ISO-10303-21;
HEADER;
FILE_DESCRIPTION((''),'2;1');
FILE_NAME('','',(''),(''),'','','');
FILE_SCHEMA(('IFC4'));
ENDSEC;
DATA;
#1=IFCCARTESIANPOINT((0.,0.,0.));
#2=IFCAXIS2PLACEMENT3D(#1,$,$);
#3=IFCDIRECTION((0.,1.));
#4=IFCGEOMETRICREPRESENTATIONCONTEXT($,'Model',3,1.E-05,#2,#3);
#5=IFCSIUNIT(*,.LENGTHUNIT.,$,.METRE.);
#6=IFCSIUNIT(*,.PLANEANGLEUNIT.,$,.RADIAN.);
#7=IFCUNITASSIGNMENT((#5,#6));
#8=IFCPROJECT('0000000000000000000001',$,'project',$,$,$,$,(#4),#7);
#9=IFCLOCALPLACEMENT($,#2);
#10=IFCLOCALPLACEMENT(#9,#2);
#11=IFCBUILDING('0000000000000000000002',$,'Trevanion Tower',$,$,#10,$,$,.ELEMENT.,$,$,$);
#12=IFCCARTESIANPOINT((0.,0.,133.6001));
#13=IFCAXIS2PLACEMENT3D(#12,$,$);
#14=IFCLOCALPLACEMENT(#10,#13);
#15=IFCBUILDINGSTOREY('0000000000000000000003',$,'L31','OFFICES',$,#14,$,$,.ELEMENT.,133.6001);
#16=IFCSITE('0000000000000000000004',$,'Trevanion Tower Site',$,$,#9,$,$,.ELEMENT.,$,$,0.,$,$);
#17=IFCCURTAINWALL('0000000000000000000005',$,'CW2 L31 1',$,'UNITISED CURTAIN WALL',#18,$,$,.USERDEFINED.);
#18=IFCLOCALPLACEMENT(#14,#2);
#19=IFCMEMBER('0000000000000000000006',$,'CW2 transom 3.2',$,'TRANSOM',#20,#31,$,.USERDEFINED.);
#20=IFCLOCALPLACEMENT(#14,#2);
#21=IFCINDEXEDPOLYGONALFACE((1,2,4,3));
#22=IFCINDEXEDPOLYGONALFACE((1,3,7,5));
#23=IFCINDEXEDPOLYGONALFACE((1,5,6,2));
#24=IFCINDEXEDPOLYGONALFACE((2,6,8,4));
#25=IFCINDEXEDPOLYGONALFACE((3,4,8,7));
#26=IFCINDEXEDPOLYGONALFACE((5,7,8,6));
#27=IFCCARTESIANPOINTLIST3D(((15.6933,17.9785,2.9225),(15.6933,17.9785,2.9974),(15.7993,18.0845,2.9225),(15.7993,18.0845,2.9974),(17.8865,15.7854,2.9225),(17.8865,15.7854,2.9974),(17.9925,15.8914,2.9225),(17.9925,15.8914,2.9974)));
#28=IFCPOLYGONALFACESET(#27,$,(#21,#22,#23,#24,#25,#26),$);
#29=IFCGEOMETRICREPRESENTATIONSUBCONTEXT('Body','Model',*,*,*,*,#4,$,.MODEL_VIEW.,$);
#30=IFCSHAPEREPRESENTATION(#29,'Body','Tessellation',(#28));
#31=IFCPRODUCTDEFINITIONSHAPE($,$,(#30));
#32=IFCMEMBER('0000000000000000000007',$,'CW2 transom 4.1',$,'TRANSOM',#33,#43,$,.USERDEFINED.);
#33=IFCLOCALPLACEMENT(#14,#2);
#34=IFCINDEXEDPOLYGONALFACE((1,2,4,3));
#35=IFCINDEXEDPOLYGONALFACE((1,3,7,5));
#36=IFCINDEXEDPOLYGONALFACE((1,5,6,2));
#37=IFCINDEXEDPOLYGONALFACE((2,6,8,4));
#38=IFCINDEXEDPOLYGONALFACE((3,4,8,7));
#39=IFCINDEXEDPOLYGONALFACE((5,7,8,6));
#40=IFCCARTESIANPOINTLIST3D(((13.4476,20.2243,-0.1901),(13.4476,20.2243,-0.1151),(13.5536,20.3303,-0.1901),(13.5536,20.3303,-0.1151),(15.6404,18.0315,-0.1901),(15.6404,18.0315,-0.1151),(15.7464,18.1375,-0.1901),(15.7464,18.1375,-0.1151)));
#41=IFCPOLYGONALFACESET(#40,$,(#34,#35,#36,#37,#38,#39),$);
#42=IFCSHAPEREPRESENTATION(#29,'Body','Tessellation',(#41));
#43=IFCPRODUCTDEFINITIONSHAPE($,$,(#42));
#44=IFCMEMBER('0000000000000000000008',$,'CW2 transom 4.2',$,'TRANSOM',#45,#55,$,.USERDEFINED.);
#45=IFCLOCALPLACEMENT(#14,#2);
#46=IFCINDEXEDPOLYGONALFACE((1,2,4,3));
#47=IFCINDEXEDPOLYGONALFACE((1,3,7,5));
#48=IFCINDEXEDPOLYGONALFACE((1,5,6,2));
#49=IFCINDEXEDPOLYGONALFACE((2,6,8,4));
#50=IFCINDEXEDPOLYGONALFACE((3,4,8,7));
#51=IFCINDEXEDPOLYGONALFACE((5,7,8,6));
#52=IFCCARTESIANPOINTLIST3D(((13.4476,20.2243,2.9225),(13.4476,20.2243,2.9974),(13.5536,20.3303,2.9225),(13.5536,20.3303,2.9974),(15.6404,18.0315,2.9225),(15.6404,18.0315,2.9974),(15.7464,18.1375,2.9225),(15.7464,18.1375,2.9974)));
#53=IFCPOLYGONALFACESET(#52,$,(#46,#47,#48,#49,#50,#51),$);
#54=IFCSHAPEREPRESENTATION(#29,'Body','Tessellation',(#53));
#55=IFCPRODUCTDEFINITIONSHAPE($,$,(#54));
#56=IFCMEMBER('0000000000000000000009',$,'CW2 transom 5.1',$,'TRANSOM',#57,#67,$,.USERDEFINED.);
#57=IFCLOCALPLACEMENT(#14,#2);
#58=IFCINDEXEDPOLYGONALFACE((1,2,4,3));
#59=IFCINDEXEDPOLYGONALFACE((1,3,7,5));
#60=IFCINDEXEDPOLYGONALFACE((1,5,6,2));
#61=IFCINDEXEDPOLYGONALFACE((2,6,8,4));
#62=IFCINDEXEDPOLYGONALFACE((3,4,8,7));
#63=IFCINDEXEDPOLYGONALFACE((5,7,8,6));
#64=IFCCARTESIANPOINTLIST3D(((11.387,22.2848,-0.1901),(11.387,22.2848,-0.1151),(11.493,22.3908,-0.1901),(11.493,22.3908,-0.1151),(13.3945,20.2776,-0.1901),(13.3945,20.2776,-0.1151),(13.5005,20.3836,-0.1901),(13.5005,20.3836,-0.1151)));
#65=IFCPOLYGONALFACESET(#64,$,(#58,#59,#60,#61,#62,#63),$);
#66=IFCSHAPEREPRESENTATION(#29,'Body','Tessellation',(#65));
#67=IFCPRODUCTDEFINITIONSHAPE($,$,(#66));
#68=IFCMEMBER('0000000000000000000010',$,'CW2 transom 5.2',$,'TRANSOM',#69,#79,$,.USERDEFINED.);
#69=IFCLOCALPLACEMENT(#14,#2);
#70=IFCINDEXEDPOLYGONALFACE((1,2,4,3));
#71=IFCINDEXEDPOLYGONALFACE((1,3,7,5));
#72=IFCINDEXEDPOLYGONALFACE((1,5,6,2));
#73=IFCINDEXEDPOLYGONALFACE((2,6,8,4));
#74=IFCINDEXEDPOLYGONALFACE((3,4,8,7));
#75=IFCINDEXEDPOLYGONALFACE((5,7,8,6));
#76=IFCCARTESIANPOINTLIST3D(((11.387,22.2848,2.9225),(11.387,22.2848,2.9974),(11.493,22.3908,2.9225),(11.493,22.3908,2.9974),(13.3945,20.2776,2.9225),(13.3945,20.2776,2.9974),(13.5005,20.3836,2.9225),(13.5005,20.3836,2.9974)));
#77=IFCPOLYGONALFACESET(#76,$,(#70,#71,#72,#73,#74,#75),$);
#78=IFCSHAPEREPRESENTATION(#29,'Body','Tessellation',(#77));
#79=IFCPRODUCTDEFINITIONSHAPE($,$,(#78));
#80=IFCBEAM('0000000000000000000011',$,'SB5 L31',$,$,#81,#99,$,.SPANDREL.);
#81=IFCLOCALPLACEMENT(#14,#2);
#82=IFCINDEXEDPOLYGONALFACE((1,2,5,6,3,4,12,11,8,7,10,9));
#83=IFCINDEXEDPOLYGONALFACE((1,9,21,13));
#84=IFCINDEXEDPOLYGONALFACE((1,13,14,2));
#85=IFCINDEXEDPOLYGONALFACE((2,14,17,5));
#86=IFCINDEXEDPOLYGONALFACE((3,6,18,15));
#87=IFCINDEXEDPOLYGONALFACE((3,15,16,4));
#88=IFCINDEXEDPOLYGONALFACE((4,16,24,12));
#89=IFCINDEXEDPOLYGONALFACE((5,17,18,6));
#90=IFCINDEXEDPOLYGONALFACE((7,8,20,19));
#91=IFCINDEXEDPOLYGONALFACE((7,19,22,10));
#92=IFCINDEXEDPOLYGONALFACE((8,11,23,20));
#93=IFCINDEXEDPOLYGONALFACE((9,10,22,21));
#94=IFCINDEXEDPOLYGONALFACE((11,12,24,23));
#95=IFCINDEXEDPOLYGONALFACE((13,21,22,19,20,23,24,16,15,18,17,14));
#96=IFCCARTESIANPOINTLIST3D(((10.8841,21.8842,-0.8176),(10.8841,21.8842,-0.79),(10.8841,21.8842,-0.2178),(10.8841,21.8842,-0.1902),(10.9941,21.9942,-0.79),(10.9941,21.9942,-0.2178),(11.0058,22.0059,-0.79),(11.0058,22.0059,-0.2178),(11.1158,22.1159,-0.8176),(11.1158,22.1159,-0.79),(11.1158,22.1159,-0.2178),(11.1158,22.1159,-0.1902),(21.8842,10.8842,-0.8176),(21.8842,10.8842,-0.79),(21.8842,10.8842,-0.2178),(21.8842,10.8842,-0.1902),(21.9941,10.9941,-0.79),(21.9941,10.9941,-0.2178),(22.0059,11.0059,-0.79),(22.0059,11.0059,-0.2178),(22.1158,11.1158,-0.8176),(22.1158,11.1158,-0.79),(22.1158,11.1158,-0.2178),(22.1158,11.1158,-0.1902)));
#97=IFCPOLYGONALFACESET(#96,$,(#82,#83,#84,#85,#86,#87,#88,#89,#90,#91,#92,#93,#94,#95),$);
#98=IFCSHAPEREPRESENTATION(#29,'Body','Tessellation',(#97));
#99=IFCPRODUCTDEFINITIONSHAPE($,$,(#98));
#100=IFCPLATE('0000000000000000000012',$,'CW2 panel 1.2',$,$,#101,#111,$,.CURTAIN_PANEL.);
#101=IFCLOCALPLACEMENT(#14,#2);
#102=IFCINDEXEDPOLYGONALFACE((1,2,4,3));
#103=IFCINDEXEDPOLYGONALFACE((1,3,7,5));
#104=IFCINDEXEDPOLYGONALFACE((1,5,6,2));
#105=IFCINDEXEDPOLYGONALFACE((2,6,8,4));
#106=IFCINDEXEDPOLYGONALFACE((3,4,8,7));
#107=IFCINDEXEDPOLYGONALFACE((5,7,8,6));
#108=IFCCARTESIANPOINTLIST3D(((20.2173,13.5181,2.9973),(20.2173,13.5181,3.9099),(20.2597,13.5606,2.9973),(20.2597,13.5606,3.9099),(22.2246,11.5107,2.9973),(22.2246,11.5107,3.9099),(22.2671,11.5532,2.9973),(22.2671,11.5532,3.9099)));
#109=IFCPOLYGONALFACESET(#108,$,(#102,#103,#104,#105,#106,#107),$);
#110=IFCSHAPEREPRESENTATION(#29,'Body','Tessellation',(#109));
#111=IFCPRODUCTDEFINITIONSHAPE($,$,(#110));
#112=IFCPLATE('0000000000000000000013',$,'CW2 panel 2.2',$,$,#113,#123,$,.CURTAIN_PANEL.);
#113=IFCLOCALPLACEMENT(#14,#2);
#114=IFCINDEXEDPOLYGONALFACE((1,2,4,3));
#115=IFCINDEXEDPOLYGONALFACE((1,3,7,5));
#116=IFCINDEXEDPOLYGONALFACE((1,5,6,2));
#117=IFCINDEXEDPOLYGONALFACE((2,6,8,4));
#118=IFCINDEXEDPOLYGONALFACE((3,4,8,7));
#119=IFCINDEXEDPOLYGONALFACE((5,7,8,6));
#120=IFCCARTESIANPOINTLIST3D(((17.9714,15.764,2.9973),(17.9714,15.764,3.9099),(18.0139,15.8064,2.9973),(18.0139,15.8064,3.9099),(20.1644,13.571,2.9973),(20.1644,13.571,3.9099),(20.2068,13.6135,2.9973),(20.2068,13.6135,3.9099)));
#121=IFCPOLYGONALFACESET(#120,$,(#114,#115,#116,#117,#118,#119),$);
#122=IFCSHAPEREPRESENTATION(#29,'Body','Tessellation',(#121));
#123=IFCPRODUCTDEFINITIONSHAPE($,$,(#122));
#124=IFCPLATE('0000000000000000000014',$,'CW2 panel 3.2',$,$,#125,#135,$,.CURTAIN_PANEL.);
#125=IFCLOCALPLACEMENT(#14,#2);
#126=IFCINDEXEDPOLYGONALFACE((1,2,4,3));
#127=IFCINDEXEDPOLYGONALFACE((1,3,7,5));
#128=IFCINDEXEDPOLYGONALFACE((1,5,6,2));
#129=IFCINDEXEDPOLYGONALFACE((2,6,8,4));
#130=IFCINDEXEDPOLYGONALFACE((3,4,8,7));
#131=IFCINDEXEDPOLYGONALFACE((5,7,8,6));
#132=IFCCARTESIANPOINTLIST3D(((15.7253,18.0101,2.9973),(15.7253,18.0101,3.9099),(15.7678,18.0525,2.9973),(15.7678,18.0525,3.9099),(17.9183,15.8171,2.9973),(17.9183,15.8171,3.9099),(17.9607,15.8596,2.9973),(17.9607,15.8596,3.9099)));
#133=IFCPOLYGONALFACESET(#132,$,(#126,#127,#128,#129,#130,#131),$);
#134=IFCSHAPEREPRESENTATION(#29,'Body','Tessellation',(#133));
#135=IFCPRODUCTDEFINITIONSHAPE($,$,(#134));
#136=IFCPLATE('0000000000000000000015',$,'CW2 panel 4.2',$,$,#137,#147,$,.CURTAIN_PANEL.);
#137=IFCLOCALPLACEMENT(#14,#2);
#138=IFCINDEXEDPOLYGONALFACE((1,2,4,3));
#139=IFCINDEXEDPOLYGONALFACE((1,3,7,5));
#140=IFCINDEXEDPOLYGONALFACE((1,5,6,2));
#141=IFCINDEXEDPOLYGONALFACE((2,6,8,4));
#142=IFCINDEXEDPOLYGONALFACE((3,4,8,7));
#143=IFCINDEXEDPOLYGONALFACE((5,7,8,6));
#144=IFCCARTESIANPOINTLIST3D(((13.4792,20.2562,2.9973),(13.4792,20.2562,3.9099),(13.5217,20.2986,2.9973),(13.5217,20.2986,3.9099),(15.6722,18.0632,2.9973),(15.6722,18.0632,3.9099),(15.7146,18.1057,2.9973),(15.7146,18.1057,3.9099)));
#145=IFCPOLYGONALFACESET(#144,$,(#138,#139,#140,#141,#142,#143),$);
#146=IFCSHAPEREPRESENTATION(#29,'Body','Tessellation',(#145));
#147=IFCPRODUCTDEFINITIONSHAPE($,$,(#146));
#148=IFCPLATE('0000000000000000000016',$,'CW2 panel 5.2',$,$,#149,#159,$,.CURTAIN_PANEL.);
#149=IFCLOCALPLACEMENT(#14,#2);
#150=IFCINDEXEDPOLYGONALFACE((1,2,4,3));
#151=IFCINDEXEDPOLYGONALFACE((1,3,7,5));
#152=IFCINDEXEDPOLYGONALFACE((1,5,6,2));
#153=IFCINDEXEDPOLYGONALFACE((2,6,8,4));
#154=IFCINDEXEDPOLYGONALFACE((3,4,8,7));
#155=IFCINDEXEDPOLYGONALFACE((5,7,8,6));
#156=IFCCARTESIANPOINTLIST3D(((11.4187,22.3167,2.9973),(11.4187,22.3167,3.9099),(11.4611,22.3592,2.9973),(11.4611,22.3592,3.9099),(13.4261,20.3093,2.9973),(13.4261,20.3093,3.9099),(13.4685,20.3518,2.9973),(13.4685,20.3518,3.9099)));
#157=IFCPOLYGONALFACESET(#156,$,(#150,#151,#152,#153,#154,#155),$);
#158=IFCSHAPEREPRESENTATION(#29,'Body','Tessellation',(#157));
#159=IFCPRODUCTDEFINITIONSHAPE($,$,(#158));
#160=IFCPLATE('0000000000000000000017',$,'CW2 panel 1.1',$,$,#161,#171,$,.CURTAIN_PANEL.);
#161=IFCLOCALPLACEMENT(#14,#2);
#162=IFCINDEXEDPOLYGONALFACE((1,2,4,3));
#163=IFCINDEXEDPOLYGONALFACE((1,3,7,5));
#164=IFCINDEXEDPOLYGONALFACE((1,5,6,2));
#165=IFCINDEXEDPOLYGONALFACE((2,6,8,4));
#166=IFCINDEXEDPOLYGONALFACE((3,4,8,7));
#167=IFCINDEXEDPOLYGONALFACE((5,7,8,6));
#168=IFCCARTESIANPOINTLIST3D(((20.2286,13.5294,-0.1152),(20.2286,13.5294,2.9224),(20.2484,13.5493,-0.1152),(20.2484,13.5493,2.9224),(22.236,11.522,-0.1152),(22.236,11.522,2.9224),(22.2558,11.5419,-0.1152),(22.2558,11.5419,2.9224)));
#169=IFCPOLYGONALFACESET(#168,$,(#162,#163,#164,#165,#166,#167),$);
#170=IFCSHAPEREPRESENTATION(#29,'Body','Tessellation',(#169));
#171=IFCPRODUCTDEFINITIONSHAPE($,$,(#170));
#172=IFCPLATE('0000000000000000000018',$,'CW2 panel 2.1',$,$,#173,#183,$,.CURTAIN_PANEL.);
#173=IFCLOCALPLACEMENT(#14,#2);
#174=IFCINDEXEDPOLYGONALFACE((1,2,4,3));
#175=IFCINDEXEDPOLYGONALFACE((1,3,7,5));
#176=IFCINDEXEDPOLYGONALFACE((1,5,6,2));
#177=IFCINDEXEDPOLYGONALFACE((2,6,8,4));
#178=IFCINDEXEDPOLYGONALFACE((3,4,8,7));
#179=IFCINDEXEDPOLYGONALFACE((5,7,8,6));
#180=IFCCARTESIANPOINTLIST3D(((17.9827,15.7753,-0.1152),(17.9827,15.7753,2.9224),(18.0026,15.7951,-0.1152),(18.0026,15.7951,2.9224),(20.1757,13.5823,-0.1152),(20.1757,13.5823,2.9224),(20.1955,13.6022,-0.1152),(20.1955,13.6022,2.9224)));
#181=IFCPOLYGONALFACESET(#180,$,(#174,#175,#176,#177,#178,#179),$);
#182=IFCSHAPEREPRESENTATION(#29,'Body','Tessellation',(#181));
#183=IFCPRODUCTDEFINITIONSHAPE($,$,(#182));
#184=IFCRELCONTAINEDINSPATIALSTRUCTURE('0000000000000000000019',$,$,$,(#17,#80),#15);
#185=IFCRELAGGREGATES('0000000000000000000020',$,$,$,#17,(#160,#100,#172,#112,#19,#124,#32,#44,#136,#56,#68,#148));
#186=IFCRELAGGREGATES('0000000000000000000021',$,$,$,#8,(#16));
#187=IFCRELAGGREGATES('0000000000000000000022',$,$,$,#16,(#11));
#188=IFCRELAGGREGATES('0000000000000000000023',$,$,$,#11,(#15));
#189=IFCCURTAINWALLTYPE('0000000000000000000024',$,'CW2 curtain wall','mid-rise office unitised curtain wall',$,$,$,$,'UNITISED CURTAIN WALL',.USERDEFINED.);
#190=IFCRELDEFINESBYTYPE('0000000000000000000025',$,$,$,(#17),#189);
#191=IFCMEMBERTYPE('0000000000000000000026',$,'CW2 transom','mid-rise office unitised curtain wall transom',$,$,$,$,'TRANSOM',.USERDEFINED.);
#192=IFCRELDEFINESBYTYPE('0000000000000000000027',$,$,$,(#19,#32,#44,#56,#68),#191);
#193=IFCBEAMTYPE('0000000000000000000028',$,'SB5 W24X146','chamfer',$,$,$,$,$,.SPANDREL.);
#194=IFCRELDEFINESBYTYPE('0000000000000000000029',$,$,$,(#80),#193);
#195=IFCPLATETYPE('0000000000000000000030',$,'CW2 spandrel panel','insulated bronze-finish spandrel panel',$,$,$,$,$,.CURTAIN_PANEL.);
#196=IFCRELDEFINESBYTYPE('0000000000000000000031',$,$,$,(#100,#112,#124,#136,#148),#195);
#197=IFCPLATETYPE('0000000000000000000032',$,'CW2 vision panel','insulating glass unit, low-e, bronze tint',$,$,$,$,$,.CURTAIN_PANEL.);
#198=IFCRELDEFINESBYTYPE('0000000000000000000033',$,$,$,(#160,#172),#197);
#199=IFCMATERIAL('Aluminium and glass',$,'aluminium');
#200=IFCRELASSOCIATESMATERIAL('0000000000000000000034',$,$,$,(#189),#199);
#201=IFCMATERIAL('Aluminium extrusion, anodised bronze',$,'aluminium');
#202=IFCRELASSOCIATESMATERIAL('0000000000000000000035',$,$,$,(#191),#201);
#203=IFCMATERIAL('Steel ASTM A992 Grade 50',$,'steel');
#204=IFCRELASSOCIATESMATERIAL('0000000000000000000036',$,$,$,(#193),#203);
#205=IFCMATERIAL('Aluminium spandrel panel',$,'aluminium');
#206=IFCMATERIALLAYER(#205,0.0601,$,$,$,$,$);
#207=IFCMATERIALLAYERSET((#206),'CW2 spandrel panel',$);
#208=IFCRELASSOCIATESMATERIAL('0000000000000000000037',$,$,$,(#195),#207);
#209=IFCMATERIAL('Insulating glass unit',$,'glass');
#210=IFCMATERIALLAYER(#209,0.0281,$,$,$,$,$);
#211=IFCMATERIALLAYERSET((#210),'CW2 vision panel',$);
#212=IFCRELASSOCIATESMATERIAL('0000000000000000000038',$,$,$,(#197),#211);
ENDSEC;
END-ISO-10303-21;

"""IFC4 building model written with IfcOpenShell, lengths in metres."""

from ifc_helpers import new_model, si_unit, direction, frame, origin, origin_2d, place, context, subcontext, project, spatial, rectangle, i_section, extrude, material, layer, layer_set, material_profile, profile_set, type_object, element, aggregate, save


model = new_model("IFC4")

# Units and contexts
model_context = context("Model", 3, precision=1e-05, world=origin(), true_north=direction((0.0, 1.0)))
body_context = subcontext(model_context, "Body", "Model", "MODEL_VIEW")
ifc_project = project(units=[si_unit("LENGTHUNIT", "METRE"), si_unit("PLANEANGLEUNIT", "RADIAN")], contexts=[model_context])

# Site, building, storey
site_placement = place(None, origin())
site = spatial("IfcSite", under=ifc_project, at=site_placement, Name="Trevanion Tower Site", CompositionType="ELEMENT", RefElevation=0.0)
building_placement = place(site_placement, origin())
building = spatial("IfcBuilding", under=site, at=building_placement, Name="Trevanion Tower", CompositionType="ELEMENT")
storey_placement = place(building_placement, frame((0.0, 0.0, 133.6001)))
storey = spatial("IfcBuildingStorey", under=building, at=storey_placement, Name="L31", Description="OFFICES", CompositionType="ELEMENT", Elevation=133.6001)

# Curtain wall
ifc_material_1 = material(Name="Aluminium and glass", Category="aluminium")
curtain_wall_type = type_object("IfcCurtainWallType", Name="CW2 curtain wall", Description="mid-rise office unitised curtain wall", ElementType="UNITISED CURTAIN WALL", PredefinedType="USERDEFINED", material=ifc_material_1)
curtain_wall_1_placement = place(storey_placement, origin())
curtain_wall_1 = element("IfcCurtainWall", 1, at=curtain_wall_1_placement, inside=storey, type_object=curtain_wall_type, Name="CW2 L31 1", ObjectType="UNITISED CURTAIN WALL", PredefinedType="USERDEFINED")

# Members
ifc_material_2 = material(Name="Aluminium extrusion, anodised bronze", Category="aluminium")
ifc_material_profile_1 = material_profile(ifc_material_2, rectangle(XDim=0.1499, YDim=0.075, at=origin_2d()), Name="CW2 transom")
ifc_profile_set_1 = profile_set([ifc_material_profile_1], Name="Aluminium extrusion, anodised bronze")
member_type_1 = type_object("IfcMemberType", Name="CW2 transom", Description="mid-rise office unitised curtain wall transom", ElementType="TRANSOM", PredefinedType="USERDEFINED", material=ifc_profile_set_1)
member_1_placement = place(storey_placement, frame((17.9395, 15.8384, 2.96), z_axis=(-0.707107, 0.707107, 0.0), x_axis=(-0.707107, -0.707107, 0.0)))
member_1 = element("IfcMember", 2, at=member_1_placement, type_object=member_type_1, Name="CW2 transom 3.2", ObjectType="TRANSOM", PredefinedType="USERDEFINED", context=body_context, shape_type="SweptSolid", body=[
    extrude(rectangle(XDim=0.1499, YDim=0.075, at=origin_2d()), origin(), (0.0, 0.0, 1.0), 3.1016),
])
member_2_placement = place(storey_placement, frame((15.6934, 18.0845, -0.1526), z_axis=(-0.707107, 0.707107, 0.0), x_axis=(-0.707107, -0.707107, 0.0)))
member_2 = element("IfcMember", 3, at=member_2_placement, type_object=member_type_1, Name="CW2 transom 4.1", ObjectType="TRANSOM", PredefinedType="USERDEFINED", context=body_context, shape_type="SweptSolid", body=[
    extrude(rectangle(XDim=0.1499, YDim=0.075, at=origin_2d()), origin(), (0.0, 0.0, 1.0), 3.1011),
])
member_3_placement = place(storey_placement, frame((15.6934, 18.0845, 2.96), z_axis=(-0.707107, 0.707107, 0.0), x_axis=(-0.707107, -0.707107, 0.0)))
member_3 = element("IfcMember", 4, at=member_3_placement, type_object=member_type_1, Name="CW2 transom 4.2", ObjectType="TRANSOM", PredefinedType="USERDEFINED", context=body_context, shape_type="SweptSolid", body=[
    extrude(rectangle(XDim=0.1499, YDim=0.075, at=origin_2d()), origin(), (0.0, 0.0, 1.0), 3.1011),
])
member_4_placement = place(storey_placement, frame((13.4475, 20.3306, -0.1526), z_axis=(-0.70715, 0.707064, 0.0), x_axis=(-0.707064, -0.70715, 0.0)))
member_4 = element("IfcMember", 5, at=member_4_placement, type_object=member_type_1, Name="CW2 transom 5.1", ObjectType="TRANSOM", PredefinedType="USERDEFINED", context=body_context, shape_type="SweptSolid", body=[
    extrude(rectangle(XDim=0.1499, YDim=0.075, at=origin_2d()), origin(), (0.0, 0.0, 1.0), 2.8389),
])
member_5_placement = place(storey_placement, frame((13.4475, 20.3306, 2.96), z_axis=(-0.70715, 0.707064, 0.0), x_axis=(-0.707064, -0.70715, 0.0)))
member_5 = element("IfcMember", 6, at=member_5_placement, type_object=member_type_1, Name="CW2 transom 5.2", ObjectType="TRANSOM", PredefinedType="USERDEFINED", context=body_context, shape_type="SweptSolid", body=[
    extrude(rectangle(XDim=0.1499, YDim=0.075, at=origin_2d()), origin(), (0.0, 0.0, 1.0), 2.8389),
])

# Beam
ifc_material_3 = material(Name="Steel ASTM A992 Grade 50", Category="steel")
ifc_material_profile_2 = material_profile(ifc_material_3, i_section(OverallWidth=0.3276, OverallDepth=0.6274, WebThickness=0.0166, FlangeThickness=0.0276, at=origin_2d()), Name="W24X146")
ifc_profile_set_2 = profile_set([ifc_material_profile_2], Name="Steel ASTM A992 Grade 50")
beam_type_1 = type_object("IfcBeamType", Name="SB5 W24X146", Description="chamfer", PredefinedType="SPANDREL", material=ifc_profile_set_2)
beam_1_placement = place(storey_placement, frame((22.0, 11.0, -0.5039), z_axis=(-0.707107, 0.707107, 0.0), x_axis=(-0.707107, -0.707107, 0.0)))
element("IfcBeam", 7, at=beam_1_placement, inside=storey, type_object=beam_type_1, Name="SB5 L31", PredefinedType="SPANDREL", context=body_context, shape_type="SweptSolid", body=[
    extrude(i_section(OverallWidth=0.3276, OverallDepth=0.6274, WebThickness=0.0166, FlangeThickness=0.0276, at=origin_2d()), origin(), (0.0, 0.0, 1.0), 15.5564),
])

# Plates
ifc_material_4 = material(Name="Aluminium spandrel panel", Category="aluminium")
ifc_layer_1 = layer(ifc_material_4, 0.0601)
ifc_layer_set_1 = layer_set([ifc_layer_1], Name="CW2 spandrel panel")
plate_type_1 = type_object("IfcPlateType", Name="CW2 spandrel panel", Description="insulated bronze-finish spandrel panel", PredefinedType="CURTAIN_PANEL", material=ifc_layer_set_1)
plate_1_placement = place(storey_placement, frame((21.2422, 12.5356, 2.9973), z_axis=(0.0, 0.0, 1.0), x_axis=(-0.707107, 0.707107, 0.0)))
plate_1 = element("IfcPlate", 8, at=plate_1_placement, type_object=plate_type_1, Name="CW2 panel 1.2", PredefinedType="CURTAIN_PANEL", context=body_context, shape_type="SweptSolid", body=[
    extrude(rectangle(XDim=2.8389, YDim=0.0601, at=origin_2d()), origin(), (0.0, 0.0, 1.0), 0.9126),
])
plate_2_placement = place(storey_placement, frame((19.0891, 14.6887, 2.9973), z_axis=(0.0, 0.0, 1.0), x_axis=(-0.707107, 0.707107, 0.0)))
plate_2 = element("IfcPlate", 9, at=plate_2_placement, type_object=plate_type_1, Name="CW2 panel 2.2", PredefinedType="CURTAIN_PANEL", context=body_context, shape_type="SweptSolid", body=[
    extrude(rectangle(XDim=3.1013, YDim=0.0601, at=origin_2d()), origin(), (0.0, 0.0, 1.0), 0.9126),
])
plate_3_placement = place(storey_placement, frame((16.843, 16.9348, 2.9973), z_axis=(0.0, 0.0, 1.0), x_axis=(-0.707107, 0.707107, 0.0)))
plate_3 = element("IfcPlate", 10, at=plate_3_placement, type_object=plate_type_1, Name="CW2 panel 3.2", PredefinedType="CURTAIN_PANEL", context=body_context, shape_type="SweptSolid", body=[
    extrude(rectangle(XDim=3.1013, YDim=0.0601, at=origin_2d()), origin(), (0.0, 0.0, 1.0), 0.9126),
])
plate_4_placement = place(storey_placement, frame((14.5969, 19.1809, 2.9973), z_axis=(0.0, 0.0, 1.0), x_axis=(-0.707107, 0.707107, 0.0)))
plate_4 = element("IfcPlate", 11, at=plate_4_placement, type_object=plate_type_1, Name="CW2 panel 4.2", PredefinedType="CURTAIN_PANEL", context=body_context, shape_type="SweptSolid", body=[
    extrude(rectangle(XDim=3.1013, YDim=0.0601, at=origin_2d()), origin(), (0.0, 0.0, 1.0), 0.9126),
])
plate_5_placement = place(storey_placement, frame((12.4436, 21.3342, 2.9973), z_axis=(0.0, 0.0, 1.0), x_axis=(-0.707107, 0.707107, 0.0)))
plate_5 = element("IfcPlate", 12, at=plate_5_placement, type_object=plate_type_1, Name="CW2 panel 5.2", PredefinedType="CURTAIN_PANEL", context=body_context, shape_type="SweptSolid", body=[
    extrude(rectangle(XDim=2.8389, YDim=0.0601, at=origin_2d()), origin(), (0.0, 0.0, 1.0), 0.9126),
])
ifc_material_5 = material(Name="Insulating glass unit", Category="glass")
ifc_layer_2 = layer(ifc_material_5, 0.0281)
ifc_layer_set_2 = layer_set([ifc_layer_2], Name="CW2 vision panel")
plate_type_2 = type_object("IfcPlateType", Name="CW2 vision panel", Description="insulating glass unit, low-e, bronze tint", PredefinedType="CURTAIN_PANEL", material=ifc_layer_set_2)
plate_6_placement = place(storey_placement, frame((21.2422, 12.5356, -0.1152), z_axis=(0.0, 0.0, 1.0), x_axis=(-0.707107, 0.707107, 0.0)))
plate_6 = element("IfcPlate", 13, at=plate_6_placement, type_object=plate_type_2, Name="CW2 panel 1.1", PredefinedType="CURTAIN_PANEL", context=body_context, shape_type="SweptSolid", body=[
    extrude(rectangle(XDim=2.8389, YDim=0.0281, at=origin_2d()), origin(), (0.0, 0.0, 1.0), 3.0376),
])
plate_7_placement = place(storey_placement, frame((19.0891, 14.6887, -0.1152), z_axis=(0.0, 0.0, 1.0), x_axis=(-0.707107, 0.707107, 0.0)))
plate_7 = element("IfcPlate", 14, at=plate_7_placement, type_object=plate_type_2, Name="CW2 panel 2.1", PredefinedType="CURTAIN_PANEL", context=body_context, shape_type="SweptSolid", body=[
    extrude(rectangle(XDim=3.1013, YDim=0.0281, at=origin_2d()), origin(), (0.0, 0.0, 1.0), 3.0376),
])
aggregate(curtain_wall_1, [plate_6, plate_1, plate_7, plate_2, member_1, plate_3, member_2, member_3, plate_4, member_4, member_5, plate_5])

save(model, "model.ifc")
